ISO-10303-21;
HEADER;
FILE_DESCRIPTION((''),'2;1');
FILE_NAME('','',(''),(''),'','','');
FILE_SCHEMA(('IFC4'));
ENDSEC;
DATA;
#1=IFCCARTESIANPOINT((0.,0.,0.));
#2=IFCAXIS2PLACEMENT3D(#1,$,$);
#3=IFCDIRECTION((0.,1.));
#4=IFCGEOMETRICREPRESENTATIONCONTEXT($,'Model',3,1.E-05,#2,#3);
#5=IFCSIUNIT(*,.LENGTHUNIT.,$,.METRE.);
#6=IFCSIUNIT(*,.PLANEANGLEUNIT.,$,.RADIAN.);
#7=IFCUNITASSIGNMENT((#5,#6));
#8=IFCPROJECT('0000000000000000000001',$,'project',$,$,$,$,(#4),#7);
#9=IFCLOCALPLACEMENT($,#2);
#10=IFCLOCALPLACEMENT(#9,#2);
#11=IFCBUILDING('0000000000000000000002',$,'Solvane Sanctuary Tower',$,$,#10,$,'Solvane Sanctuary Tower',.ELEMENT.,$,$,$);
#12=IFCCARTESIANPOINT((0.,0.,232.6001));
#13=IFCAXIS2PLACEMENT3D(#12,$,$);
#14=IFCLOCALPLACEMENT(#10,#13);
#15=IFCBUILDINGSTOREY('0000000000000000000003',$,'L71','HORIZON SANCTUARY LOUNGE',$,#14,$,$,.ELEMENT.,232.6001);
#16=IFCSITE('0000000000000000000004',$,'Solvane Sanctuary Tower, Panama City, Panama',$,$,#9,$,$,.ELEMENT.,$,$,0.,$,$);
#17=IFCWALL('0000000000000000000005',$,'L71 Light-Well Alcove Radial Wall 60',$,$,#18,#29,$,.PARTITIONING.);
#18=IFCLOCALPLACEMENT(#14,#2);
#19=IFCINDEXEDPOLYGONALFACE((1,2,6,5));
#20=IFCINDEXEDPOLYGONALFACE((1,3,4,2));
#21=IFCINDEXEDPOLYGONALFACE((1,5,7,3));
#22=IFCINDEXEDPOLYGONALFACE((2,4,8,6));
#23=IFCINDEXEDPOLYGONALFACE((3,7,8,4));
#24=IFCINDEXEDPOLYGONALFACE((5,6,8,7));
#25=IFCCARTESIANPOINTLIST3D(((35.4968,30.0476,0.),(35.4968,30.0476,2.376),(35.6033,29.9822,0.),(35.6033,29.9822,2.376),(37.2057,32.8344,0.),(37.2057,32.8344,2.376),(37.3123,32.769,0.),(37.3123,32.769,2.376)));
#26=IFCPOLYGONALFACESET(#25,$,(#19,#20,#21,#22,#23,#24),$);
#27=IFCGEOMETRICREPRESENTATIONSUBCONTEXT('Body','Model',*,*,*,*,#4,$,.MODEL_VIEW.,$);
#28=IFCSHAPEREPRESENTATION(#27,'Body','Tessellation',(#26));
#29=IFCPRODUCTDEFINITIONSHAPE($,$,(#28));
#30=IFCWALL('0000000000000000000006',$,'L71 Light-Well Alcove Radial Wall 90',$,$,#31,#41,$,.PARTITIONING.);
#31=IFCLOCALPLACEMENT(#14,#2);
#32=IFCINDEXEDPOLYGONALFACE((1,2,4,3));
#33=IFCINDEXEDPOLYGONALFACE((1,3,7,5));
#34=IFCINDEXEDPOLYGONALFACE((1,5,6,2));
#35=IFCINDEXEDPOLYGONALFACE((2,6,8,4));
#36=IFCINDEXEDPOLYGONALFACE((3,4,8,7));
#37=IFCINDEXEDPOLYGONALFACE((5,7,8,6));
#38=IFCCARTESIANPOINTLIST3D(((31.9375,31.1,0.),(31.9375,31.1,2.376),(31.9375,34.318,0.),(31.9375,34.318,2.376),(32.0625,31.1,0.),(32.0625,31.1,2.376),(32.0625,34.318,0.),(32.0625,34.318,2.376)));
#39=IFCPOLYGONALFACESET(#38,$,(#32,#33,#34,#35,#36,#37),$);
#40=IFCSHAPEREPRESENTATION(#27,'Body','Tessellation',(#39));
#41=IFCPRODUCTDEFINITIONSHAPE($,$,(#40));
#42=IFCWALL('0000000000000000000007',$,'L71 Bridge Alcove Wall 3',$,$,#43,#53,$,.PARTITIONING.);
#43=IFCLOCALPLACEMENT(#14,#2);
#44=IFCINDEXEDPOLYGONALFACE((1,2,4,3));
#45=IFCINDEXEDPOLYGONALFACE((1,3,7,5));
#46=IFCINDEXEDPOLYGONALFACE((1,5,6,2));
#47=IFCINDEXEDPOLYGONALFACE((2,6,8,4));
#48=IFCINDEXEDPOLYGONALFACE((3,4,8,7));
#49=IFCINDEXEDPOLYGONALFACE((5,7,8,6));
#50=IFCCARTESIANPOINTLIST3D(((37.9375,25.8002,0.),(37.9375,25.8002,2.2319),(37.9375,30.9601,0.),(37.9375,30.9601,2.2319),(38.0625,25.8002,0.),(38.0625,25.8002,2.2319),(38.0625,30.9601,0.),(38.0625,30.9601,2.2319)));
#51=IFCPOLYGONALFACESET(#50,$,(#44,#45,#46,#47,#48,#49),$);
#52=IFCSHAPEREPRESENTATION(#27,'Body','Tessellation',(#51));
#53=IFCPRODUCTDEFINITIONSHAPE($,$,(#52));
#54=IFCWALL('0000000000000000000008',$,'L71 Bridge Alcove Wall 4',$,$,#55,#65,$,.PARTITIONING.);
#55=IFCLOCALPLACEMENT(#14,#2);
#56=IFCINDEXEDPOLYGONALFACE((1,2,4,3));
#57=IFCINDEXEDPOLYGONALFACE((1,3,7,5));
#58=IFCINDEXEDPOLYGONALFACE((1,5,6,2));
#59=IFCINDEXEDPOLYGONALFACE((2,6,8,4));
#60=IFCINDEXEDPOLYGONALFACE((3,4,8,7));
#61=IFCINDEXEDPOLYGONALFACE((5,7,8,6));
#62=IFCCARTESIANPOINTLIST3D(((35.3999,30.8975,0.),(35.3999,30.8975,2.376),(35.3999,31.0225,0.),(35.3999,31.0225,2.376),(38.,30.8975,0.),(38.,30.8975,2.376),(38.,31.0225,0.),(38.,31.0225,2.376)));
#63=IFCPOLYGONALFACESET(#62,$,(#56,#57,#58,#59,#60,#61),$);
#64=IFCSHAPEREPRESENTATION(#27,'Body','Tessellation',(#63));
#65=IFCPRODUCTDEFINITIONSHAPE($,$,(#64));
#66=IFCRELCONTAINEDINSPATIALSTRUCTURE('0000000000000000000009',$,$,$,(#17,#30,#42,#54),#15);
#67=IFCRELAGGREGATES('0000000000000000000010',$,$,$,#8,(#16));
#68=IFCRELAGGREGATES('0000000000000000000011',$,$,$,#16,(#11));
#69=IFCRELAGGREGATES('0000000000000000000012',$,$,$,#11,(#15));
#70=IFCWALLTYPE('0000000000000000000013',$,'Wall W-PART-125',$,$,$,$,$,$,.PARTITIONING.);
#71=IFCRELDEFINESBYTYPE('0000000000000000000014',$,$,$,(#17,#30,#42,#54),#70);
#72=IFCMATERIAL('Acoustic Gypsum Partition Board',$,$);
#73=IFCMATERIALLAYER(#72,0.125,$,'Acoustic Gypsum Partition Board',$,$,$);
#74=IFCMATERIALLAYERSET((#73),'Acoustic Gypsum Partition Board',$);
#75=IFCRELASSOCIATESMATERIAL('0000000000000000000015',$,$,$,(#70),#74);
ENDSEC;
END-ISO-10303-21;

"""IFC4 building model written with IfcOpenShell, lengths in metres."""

from ifc_helpers import new_model, si_unit, direction, frame, frame_2d, origin, place, context, subcontext, project, spatial, rectangle, extrude, material, layer, layer_set, type_object, element, save


model = new_model("IFC4")

# Units and contexts
model_context = context("Model", 3, precision=1e-05, world=origin(), true_north=direction((0.0, 1.0)))
body_context = subcontext(model_context, "Body", "Model", "MODEL_VIEW")
ifc_project = project(units=[si_unit("LENGTHUNIT", "METRE"), si_unit("PLANEANGLEUNIT", "RADIAN")], contexts=[model_context])

# Site, building, storey
site_placement = place(None, origin())
site = spatial("IfcSite", under=ifc_project, at=site_placement, Name="Solvane Sanctuary Tower, Panama City, Panama", CompositionType="ELEMENT", RefElevation=0.0)
building_placement = place(site_placement, origin())
building = spatial("IfcBuilding", under=site, at=building_placement, Name="Solvane Sanctuary Tower", LongName="Solvane Sanctuary Tower", CompositionType="ELEMENT")
storey_placement = place(building_placement, frame((0.0, 0.0, 232.6001)))
storey = spatial("IfcBuildingStorey", under=building, at=storey_placement, Name="L71", Description="HORIZON SANCTUARY LOUNGE", CompositionType="ELEMENT", Elevation=232.6001)

# Walls
ifc_material_1 = material(Name="Acoustic Gypsum Partition Board")
ifc_layer_1 = layer(ifc_material_1, 0.125, Name="Acoustic Gypsum Partition Board")
ifc_layer_set_1 = layer_set([ifc_layer_1], Name="Acoustic Gypsum Partition Board")
wall_type_1 = type_object("IfcWallType", Name="Wall W-PART-125", PredefinedType="PARTITIONING", material=ifc_layer_set_1)
wall_1_placement = place(storey_placement, frame((35.55, 30.0149, 0.0), z_axis=(0.0, 0.0, 1.0), x_axis=(0.522763, 0.852478, 0.0)))
element("IfcWall", 1, at=wall_1_placement, inside=storey, type_object=wall_type_1, Name="L71 Light-Well Alcove Radial Wall 60", PredefinedType="PARTITIONING", context=body_context, shape_type="SweptSolid", body=[
    extrude(rectangle(XDim=3.269, YDim=0.125, at=frame_2d((1.6345, 0.0))), origin(), (0.0, 0.0, 1.0), 2.376),
])
wall_2_placement = place(storey_placement, frame((32.0, 31.1001, 0.0), z_axis=(0.0, 0.0, 1.0), x_axis=(0.0, 1.0, 0.0)))
element("IfcWall", 2, at=wall_2_placement, inside=storey, type_object=wall_type_1, Name="L71 Light-Well Alcove Radial Wall 90", PredefinedType="PARTITIONING", context=body_context, shape_type="SweptSolid", body=[
    extrude(rectangle(XDim=3.218, YDim=0.125, at=frame_2d((1.6089, 0.0))), origin(), (0.0, 0.0, 1.0), 2.376),
])
wall_3_placement = place(storey_placement, frame((38.0, 25.8, 0.0), z_axis=(0.0, 0.0, 1.0), x_axis=(0.0, 1.0, 0.0)))
element("IfcWall", 3, at=wall_3_placement, inside=storey, type_object=wall_type_1, Name="L71 Bridge Alcove Wall 3", PredefinedType="PARTITIONING", context=body_context, shape_type="SweptSolid", body=[
    extrude(rectangle(XDim=5.1599, YDim=0.125, at=frame_2d((2.5801, 0.0))), origin(), (0.0, 0.0, 1.0), 2.2319),
])
wall_4_placement = place(storey_placement, frame((35.3999, 30.96, 0.0), z_axis=(0.0, 0.0, 1.0), x_axis=(1.0, 0.0, 0.0)))
element("IfcWall", 4, at=wall_4_placement, inside=storey, type_object=wall_type_1, Name="L71 Bridge Alcove Wall 4", PredefinedType="PARTITIONING", context=body_context, shape_type="SweptSolid", body=[
    extrude(rectangle(XDim=2.6001, YDim=0.125, at=frame_2d((1.3, 0.0))), origin(), (0.0, 0.0, 1.0), 2.376),
])

save(model, "model.ifc")
